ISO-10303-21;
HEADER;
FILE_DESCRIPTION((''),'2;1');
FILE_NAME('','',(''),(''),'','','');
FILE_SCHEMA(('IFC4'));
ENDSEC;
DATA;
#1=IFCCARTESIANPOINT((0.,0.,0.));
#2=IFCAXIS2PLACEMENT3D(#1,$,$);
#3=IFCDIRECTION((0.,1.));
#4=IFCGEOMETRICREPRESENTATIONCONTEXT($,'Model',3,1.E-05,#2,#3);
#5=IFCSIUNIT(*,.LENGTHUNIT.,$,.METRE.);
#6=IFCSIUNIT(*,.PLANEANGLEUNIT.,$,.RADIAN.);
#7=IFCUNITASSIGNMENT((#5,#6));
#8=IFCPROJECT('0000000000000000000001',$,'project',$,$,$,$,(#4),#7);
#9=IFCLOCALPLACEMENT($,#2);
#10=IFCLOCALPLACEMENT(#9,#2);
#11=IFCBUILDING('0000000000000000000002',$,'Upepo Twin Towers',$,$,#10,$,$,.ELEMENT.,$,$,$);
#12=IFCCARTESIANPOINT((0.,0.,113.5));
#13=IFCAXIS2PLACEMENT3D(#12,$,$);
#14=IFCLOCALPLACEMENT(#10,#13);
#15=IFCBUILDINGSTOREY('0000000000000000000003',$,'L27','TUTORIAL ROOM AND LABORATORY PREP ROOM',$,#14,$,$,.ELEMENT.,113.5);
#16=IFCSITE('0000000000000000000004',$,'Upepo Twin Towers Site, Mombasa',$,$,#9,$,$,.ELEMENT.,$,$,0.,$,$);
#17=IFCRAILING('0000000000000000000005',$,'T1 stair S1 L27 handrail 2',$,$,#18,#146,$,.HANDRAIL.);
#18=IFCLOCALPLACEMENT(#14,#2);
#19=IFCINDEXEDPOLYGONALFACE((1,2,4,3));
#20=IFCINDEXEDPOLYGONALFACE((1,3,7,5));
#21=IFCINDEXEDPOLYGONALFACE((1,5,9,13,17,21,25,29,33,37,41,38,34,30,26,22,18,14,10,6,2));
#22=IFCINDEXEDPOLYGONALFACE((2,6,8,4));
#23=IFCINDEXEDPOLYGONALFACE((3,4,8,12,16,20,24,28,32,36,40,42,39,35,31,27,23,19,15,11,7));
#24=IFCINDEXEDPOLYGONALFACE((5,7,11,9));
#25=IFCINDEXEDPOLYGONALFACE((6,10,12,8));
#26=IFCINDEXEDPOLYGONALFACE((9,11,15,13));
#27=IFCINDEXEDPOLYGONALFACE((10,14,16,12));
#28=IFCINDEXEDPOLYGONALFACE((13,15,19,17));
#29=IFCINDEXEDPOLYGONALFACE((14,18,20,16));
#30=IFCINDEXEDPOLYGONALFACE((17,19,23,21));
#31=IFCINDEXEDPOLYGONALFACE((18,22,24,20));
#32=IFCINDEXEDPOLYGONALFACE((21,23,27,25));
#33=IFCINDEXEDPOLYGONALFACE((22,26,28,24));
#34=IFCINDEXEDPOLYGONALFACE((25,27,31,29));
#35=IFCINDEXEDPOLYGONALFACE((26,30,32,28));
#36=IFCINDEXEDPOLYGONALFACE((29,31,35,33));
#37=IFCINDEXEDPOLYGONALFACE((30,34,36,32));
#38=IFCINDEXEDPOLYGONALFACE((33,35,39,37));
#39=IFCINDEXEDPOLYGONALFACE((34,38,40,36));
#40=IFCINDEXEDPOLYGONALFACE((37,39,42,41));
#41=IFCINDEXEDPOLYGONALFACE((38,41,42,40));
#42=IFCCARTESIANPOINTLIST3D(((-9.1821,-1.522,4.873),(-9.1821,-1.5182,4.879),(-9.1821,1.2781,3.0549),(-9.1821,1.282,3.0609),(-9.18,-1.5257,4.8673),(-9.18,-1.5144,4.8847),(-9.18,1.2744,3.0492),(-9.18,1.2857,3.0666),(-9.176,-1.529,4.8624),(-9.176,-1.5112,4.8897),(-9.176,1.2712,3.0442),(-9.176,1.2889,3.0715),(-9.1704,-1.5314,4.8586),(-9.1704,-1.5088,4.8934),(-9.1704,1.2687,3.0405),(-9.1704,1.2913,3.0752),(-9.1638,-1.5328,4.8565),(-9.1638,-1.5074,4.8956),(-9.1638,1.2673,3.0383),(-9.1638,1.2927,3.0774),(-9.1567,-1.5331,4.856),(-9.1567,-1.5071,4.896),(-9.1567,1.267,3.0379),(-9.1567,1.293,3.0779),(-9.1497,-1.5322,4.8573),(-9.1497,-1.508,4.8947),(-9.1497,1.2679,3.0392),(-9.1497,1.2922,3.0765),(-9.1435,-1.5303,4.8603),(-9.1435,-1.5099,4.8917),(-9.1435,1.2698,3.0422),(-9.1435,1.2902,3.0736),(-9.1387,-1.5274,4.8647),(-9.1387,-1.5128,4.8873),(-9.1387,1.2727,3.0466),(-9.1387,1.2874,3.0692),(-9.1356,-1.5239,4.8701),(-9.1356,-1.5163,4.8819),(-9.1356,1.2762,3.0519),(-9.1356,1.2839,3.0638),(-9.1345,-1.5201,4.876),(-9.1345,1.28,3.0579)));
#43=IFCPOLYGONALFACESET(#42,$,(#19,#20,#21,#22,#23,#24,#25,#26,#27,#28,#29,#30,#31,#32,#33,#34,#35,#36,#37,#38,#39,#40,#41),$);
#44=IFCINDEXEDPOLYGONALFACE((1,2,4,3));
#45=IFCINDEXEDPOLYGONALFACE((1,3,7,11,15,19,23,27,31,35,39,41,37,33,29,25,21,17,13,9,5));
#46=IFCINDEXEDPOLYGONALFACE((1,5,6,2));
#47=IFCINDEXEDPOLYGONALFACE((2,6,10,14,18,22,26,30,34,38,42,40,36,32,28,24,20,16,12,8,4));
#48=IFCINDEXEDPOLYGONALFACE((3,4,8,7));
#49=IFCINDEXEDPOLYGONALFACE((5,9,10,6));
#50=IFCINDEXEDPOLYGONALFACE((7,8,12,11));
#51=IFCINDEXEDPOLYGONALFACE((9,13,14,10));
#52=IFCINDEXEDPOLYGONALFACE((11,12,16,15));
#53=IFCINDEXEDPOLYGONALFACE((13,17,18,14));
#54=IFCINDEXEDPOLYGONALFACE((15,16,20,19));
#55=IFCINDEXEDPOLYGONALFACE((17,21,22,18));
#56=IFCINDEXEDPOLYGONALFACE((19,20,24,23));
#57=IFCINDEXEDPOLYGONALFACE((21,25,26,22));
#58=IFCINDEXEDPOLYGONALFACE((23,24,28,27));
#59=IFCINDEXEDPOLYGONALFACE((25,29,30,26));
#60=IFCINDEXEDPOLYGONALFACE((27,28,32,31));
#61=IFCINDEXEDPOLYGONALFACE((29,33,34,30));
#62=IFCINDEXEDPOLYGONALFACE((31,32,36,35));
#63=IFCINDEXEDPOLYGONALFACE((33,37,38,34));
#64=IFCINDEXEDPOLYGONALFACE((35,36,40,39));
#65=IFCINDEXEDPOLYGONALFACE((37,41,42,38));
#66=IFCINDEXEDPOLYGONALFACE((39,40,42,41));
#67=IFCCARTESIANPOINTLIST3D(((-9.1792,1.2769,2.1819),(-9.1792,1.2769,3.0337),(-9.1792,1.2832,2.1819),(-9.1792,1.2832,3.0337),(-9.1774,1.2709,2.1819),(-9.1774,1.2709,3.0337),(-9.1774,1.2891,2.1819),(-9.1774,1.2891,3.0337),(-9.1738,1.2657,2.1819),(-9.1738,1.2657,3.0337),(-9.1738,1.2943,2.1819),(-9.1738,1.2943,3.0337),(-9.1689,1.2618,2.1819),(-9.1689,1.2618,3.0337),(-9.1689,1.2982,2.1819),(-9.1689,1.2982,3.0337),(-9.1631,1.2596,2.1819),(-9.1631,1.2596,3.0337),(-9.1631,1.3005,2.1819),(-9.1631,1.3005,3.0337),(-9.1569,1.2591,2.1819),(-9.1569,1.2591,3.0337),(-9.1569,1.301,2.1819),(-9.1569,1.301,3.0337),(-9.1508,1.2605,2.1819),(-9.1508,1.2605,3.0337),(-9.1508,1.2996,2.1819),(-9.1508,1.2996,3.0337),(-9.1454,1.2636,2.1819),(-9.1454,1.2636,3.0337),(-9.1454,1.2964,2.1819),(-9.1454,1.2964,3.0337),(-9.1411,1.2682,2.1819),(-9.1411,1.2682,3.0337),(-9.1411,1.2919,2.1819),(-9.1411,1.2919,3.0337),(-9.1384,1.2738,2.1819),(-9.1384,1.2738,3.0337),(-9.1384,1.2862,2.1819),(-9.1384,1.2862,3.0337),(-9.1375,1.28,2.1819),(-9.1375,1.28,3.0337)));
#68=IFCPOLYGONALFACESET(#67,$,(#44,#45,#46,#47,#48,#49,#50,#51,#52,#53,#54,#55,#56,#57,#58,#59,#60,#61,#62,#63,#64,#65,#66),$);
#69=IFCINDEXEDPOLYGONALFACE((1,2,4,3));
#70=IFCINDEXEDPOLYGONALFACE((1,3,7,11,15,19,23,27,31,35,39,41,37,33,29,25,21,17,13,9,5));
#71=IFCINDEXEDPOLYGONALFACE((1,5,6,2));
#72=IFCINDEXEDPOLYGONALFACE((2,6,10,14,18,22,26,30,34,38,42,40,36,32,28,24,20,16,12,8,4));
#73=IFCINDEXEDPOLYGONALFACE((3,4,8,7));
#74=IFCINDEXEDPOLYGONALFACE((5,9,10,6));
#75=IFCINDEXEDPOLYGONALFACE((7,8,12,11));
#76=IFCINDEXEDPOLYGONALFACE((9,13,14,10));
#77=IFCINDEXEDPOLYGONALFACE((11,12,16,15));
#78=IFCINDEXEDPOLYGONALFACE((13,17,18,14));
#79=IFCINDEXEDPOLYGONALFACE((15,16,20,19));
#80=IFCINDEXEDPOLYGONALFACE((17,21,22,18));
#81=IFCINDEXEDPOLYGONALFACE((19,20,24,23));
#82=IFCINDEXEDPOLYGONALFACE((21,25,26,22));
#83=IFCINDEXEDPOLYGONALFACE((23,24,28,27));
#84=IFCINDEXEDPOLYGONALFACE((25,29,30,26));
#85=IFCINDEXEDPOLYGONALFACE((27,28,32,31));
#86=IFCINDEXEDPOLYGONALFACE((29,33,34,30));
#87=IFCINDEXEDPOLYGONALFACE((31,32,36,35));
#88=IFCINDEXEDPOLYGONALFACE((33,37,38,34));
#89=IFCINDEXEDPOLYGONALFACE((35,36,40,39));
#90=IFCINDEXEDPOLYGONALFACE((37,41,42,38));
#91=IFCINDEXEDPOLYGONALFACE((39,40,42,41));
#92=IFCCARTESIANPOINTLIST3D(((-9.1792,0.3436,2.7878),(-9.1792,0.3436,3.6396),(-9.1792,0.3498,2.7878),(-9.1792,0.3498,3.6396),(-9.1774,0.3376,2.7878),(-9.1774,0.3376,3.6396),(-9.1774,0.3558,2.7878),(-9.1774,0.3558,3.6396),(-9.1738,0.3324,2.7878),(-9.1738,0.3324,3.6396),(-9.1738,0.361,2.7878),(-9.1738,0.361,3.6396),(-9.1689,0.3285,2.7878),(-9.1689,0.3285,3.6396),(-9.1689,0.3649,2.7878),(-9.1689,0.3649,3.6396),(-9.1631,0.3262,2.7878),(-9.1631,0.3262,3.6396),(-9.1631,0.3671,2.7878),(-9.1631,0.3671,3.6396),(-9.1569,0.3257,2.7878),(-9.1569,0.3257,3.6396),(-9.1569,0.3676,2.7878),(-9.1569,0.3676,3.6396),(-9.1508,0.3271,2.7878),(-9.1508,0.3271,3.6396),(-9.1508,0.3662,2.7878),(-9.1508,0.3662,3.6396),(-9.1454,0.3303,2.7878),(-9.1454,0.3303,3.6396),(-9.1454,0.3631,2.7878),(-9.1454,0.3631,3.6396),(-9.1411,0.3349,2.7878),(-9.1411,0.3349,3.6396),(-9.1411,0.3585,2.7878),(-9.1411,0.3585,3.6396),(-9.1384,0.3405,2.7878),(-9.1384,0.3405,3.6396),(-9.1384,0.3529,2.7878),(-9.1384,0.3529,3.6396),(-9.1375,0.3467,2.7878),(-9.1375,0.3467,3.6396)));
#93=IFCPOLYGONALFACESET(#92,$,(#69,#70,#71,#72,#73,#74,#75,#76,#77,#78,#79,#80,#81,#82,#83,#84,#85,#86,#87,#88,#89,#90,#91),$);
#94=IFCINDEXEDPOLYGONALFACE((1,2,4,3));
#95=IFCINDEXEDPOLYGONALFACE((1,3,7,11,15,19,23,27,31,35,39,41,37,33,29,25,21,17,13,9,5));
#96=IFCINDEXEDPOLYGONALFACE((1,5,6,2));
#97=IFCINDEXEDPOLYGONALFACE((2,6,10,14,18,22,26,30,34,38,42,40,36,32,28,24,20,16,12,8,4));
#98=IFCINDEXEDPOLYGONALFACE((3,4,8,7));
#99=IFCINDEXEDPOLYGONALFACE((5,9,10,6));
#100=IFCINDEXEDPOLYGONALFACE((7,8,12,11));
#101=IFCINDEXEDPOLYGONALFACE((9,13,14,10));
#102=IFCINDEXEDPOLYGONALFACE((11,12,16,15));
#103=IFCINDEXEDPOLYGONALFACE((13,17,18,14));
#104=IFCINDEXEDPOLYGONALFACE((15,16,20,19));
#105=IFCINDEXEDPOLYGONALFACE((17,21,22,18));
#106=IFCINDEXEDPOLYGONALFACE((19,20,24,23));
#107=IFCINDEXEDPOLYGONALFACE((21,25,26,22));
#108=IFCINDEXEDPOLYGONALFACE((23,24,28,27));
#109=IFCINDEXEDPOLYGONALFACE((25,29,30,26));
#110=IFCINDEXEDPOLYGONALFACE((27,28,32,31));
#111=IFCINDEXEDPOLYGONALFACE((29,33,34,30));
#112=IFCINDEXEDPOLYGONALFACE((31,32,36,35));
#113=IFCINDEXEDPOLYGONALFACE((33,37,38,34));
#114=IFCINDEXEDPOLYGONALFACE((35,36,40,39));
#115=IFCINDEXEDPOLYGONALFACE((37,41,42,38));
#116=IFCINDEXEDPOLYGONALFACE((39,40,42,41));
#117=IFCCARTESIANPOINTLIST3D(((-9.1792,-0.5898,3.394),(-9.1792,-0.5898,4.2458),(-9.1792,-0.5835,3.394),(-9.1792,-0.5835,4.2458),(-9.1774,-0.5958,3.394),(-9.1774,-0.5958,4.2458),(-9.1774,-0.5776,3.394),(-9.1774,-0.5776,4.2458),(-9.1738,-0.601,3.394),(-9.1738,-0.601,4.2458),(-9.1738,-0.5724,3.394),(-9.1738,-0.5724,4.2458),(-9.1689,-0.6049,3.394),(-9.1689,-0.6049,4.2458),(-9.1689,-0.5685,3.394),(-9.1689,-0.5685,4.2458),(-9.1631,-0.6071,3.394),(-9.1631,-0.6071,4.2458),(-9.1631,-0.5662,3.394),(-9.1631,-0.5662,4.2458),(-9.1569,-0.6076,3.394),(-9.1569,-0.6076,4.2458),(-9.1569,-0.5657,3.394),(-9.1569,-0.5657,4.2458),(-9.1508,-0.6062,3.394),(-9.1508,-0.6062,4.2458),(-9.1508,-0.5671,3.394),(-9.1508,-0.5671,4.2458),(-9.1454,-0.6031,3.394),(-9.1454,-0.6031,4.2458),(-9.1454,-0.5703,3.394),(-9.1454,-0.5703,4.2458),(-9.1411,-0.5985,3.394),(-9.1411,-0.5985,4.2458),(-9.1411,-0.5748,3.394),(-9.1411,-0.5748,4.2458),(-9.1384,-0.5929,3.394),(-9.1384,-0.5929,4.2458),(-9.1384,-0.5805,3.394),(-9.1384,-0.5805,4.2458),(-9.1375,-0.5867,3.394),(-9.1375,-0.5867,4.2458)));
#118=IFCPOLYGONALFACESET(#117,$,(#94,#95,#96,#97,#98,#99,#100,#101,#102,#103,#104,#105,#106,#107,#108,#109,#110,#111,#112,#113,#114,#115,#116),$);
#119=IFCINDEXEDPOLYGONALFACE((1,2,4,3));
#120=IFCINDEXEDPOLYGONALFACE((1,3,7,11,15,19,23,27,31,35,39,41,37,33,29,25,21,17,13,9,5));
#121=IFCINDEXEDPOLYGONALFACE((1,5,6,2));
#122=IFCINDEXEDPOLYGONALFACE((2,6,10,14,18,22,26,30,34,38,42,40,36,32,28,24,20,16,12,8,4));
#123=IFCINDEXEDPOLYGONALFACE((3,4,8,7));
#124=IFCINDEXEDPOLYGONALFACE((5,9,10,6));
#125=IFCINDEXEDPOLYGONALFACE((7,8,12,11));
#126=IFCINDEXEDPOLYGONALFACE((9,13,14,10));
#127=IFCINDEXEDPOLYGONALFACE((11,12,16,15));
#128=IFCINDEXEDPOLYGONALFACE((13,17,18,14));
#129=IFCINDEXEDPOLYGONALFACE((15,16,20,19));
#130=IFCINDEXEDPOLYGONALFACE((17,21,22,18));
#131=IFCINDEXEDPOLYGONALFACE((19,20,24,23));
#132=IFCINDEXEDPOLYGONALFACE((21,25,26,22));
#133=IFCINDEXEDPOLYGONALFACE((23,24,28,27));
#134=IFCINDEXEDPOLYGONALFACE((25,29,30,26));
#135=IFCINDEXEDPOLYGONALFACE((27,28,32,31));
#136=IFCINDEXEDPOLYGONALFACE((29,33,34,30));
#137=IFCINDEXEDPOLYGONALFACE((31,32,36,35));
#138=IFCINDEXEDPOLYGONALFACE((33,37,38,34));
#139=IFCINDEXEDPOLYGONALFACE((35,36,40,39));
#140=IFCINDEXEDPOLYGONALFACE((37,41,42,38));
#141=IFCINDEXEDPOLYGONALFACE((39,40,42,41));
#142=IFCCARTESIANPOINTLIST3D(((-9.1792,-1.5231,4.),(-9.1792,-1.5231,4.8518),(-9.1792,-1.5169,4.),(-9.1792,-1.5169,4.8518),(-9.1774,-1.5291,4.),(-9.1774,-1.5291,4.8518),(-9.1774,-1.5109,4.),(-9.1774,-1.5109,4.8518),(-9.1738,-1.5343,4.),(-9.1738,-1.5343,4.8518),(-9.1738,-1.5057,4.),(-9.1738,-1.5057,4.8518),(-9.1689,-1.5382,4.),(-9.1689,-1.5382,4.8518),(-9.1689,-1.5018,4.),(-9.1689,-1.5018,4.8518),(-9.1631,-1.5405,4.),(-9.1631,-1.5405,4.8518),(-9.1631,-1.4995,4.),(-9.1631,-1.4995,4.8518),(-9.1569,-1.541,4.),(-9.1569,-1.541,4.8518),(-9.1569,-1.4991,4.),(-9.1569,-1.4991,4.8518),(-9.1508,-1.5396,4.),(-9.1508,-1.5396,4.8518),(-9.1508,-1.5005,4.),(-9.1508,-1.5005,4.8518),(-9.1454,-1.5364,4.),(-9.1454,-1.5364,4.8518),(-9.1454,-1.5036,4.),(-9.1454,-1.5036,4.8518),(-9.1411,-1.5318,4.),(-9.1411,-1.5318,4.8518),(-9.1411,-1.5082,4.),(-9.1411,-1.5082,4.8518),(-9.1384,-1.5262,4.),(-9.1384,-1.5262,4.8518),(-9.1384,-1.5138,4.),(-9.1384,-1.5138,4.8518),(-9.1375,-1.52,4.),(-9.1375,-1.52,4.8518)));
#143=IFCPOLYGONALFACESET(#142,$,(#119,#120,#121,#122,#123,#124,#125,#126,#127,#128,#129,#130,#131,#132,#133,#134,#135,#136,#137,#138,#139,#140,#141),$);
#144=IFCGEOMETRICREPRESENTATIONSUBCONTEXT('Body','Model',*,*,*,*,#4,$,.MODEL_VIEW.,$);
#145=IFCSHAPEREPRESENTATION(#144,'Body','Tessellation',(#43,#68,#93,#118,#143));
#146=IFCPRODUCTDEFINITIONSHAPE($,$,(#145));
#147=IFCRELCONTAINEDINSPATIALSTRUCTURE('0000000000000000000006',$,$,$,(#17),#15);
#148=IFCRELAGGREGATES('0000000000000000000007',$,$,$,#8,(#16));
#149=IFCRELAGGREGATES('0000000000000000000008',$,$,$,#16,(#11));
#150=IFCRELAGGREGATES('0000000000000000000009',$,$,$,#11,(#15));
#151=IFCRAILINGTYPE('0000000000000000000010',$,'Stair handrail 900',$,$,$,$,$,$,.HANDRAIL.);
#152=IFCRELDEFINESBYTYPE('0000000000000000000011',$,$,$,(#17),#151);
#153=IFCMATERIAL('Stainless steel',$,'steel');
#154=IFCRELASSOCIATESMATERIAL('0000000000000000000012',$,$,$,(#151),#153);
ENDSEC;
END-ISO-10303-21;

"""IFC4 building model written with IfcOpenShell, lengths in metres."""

from ifc_helpers import new_model, si_unit, direction, frame, origin, origin_2d, place, context, subcontext, project, spatial, circle, extrude, material, type_object, element, save


model = new_model("IFC4")

# Units and contexts
model_context = context("Model", 3, precision=1e-05, world=origin(), true_north=direction((0.0, 1.0)))
body_context = subcontext(model_context, "Body", "Model", "MODEL_VIEW")
ifc_project = project(units=[si_unit("LENGTHUNIT", "METRE"), si_unit("PLANEANGLEUNIT", "RADIAN")], contexts=[model_context])

# Site, building, storey
site_placement = place(None, origin())
site = spatial("IfcSite", under=ifc_project, at=site_placement, Name="Upepo Twin Towers Site, Mombasa", CompositionType="ELEMENT", RefElevation=0.0)
building_placement = place(site_placement, origin())
building = spatial("IfcBuilding", under=site, at=building_placement, Name="Upepo Twin Towers", CompositionType="ELEMENT")
storey_placement = place(building_placement, frame((0.0, 0.0, 113.5)))
storey = spatial("IfcBuildingStorey", under=building, at=storey_placement, Name="L27", Description="TUTORIAL ROOM AND LABORATORY PREP ROOM", CompositionType="ELEMENT", Elevation=113.5)

# Railing
ifc_material_1 = material(Name="Stainless steel", Category="steel")
railing_type = type_object("IfcRailingType", Name="Stair handrail 900", PredefinedType="HANDRAIL", material=ifc_material_1)
railing_1_placement = place(storey_placement, frame((-9.1584, 1.28, 2.1819)))
element("IfcRailing", 1, at=railing_1_placement, inside=storey, type_object=railing_type, Name="T1 stair S1 L27 handrail 2", PredefinedType="HANDRAIL", context=body_context, shape_type="SweptSolid", body=[
    extrude(circle(Radius=0.0239, at=origin_2d()), frame((0.0, 0.0, 0.876), z_axis=(0.0, -0.838706, 0.544585), x_axis=(1.0, 0.0, 0.0)), (0.0, 0.0, 1.0), 3.3386),
    extrude(circle(Radius=0.021, at=origin_2d()), origin(), (0.0, 0.0, 1.0), 0.8518),
    extrude(circle(Radius=0.021, at=origin_2d()), frame((0.0, -0.9333, 0.606)), (0.0, 0.0, 1.0), 0.8518),
    extrude(circle(Radius=0.021, at=origin_2d()), frame((0.0, -1.8667, 1.2122)), (0.0, 0.0, 1.0), 0.8518),
    extrude(circle(Radius=0.021, at=origin_2d()), frame((0.0, -2.8, 1.8181)), (0.0, 0.0, 1.0), 0.8518),
])

save(model, "model.ifc")
